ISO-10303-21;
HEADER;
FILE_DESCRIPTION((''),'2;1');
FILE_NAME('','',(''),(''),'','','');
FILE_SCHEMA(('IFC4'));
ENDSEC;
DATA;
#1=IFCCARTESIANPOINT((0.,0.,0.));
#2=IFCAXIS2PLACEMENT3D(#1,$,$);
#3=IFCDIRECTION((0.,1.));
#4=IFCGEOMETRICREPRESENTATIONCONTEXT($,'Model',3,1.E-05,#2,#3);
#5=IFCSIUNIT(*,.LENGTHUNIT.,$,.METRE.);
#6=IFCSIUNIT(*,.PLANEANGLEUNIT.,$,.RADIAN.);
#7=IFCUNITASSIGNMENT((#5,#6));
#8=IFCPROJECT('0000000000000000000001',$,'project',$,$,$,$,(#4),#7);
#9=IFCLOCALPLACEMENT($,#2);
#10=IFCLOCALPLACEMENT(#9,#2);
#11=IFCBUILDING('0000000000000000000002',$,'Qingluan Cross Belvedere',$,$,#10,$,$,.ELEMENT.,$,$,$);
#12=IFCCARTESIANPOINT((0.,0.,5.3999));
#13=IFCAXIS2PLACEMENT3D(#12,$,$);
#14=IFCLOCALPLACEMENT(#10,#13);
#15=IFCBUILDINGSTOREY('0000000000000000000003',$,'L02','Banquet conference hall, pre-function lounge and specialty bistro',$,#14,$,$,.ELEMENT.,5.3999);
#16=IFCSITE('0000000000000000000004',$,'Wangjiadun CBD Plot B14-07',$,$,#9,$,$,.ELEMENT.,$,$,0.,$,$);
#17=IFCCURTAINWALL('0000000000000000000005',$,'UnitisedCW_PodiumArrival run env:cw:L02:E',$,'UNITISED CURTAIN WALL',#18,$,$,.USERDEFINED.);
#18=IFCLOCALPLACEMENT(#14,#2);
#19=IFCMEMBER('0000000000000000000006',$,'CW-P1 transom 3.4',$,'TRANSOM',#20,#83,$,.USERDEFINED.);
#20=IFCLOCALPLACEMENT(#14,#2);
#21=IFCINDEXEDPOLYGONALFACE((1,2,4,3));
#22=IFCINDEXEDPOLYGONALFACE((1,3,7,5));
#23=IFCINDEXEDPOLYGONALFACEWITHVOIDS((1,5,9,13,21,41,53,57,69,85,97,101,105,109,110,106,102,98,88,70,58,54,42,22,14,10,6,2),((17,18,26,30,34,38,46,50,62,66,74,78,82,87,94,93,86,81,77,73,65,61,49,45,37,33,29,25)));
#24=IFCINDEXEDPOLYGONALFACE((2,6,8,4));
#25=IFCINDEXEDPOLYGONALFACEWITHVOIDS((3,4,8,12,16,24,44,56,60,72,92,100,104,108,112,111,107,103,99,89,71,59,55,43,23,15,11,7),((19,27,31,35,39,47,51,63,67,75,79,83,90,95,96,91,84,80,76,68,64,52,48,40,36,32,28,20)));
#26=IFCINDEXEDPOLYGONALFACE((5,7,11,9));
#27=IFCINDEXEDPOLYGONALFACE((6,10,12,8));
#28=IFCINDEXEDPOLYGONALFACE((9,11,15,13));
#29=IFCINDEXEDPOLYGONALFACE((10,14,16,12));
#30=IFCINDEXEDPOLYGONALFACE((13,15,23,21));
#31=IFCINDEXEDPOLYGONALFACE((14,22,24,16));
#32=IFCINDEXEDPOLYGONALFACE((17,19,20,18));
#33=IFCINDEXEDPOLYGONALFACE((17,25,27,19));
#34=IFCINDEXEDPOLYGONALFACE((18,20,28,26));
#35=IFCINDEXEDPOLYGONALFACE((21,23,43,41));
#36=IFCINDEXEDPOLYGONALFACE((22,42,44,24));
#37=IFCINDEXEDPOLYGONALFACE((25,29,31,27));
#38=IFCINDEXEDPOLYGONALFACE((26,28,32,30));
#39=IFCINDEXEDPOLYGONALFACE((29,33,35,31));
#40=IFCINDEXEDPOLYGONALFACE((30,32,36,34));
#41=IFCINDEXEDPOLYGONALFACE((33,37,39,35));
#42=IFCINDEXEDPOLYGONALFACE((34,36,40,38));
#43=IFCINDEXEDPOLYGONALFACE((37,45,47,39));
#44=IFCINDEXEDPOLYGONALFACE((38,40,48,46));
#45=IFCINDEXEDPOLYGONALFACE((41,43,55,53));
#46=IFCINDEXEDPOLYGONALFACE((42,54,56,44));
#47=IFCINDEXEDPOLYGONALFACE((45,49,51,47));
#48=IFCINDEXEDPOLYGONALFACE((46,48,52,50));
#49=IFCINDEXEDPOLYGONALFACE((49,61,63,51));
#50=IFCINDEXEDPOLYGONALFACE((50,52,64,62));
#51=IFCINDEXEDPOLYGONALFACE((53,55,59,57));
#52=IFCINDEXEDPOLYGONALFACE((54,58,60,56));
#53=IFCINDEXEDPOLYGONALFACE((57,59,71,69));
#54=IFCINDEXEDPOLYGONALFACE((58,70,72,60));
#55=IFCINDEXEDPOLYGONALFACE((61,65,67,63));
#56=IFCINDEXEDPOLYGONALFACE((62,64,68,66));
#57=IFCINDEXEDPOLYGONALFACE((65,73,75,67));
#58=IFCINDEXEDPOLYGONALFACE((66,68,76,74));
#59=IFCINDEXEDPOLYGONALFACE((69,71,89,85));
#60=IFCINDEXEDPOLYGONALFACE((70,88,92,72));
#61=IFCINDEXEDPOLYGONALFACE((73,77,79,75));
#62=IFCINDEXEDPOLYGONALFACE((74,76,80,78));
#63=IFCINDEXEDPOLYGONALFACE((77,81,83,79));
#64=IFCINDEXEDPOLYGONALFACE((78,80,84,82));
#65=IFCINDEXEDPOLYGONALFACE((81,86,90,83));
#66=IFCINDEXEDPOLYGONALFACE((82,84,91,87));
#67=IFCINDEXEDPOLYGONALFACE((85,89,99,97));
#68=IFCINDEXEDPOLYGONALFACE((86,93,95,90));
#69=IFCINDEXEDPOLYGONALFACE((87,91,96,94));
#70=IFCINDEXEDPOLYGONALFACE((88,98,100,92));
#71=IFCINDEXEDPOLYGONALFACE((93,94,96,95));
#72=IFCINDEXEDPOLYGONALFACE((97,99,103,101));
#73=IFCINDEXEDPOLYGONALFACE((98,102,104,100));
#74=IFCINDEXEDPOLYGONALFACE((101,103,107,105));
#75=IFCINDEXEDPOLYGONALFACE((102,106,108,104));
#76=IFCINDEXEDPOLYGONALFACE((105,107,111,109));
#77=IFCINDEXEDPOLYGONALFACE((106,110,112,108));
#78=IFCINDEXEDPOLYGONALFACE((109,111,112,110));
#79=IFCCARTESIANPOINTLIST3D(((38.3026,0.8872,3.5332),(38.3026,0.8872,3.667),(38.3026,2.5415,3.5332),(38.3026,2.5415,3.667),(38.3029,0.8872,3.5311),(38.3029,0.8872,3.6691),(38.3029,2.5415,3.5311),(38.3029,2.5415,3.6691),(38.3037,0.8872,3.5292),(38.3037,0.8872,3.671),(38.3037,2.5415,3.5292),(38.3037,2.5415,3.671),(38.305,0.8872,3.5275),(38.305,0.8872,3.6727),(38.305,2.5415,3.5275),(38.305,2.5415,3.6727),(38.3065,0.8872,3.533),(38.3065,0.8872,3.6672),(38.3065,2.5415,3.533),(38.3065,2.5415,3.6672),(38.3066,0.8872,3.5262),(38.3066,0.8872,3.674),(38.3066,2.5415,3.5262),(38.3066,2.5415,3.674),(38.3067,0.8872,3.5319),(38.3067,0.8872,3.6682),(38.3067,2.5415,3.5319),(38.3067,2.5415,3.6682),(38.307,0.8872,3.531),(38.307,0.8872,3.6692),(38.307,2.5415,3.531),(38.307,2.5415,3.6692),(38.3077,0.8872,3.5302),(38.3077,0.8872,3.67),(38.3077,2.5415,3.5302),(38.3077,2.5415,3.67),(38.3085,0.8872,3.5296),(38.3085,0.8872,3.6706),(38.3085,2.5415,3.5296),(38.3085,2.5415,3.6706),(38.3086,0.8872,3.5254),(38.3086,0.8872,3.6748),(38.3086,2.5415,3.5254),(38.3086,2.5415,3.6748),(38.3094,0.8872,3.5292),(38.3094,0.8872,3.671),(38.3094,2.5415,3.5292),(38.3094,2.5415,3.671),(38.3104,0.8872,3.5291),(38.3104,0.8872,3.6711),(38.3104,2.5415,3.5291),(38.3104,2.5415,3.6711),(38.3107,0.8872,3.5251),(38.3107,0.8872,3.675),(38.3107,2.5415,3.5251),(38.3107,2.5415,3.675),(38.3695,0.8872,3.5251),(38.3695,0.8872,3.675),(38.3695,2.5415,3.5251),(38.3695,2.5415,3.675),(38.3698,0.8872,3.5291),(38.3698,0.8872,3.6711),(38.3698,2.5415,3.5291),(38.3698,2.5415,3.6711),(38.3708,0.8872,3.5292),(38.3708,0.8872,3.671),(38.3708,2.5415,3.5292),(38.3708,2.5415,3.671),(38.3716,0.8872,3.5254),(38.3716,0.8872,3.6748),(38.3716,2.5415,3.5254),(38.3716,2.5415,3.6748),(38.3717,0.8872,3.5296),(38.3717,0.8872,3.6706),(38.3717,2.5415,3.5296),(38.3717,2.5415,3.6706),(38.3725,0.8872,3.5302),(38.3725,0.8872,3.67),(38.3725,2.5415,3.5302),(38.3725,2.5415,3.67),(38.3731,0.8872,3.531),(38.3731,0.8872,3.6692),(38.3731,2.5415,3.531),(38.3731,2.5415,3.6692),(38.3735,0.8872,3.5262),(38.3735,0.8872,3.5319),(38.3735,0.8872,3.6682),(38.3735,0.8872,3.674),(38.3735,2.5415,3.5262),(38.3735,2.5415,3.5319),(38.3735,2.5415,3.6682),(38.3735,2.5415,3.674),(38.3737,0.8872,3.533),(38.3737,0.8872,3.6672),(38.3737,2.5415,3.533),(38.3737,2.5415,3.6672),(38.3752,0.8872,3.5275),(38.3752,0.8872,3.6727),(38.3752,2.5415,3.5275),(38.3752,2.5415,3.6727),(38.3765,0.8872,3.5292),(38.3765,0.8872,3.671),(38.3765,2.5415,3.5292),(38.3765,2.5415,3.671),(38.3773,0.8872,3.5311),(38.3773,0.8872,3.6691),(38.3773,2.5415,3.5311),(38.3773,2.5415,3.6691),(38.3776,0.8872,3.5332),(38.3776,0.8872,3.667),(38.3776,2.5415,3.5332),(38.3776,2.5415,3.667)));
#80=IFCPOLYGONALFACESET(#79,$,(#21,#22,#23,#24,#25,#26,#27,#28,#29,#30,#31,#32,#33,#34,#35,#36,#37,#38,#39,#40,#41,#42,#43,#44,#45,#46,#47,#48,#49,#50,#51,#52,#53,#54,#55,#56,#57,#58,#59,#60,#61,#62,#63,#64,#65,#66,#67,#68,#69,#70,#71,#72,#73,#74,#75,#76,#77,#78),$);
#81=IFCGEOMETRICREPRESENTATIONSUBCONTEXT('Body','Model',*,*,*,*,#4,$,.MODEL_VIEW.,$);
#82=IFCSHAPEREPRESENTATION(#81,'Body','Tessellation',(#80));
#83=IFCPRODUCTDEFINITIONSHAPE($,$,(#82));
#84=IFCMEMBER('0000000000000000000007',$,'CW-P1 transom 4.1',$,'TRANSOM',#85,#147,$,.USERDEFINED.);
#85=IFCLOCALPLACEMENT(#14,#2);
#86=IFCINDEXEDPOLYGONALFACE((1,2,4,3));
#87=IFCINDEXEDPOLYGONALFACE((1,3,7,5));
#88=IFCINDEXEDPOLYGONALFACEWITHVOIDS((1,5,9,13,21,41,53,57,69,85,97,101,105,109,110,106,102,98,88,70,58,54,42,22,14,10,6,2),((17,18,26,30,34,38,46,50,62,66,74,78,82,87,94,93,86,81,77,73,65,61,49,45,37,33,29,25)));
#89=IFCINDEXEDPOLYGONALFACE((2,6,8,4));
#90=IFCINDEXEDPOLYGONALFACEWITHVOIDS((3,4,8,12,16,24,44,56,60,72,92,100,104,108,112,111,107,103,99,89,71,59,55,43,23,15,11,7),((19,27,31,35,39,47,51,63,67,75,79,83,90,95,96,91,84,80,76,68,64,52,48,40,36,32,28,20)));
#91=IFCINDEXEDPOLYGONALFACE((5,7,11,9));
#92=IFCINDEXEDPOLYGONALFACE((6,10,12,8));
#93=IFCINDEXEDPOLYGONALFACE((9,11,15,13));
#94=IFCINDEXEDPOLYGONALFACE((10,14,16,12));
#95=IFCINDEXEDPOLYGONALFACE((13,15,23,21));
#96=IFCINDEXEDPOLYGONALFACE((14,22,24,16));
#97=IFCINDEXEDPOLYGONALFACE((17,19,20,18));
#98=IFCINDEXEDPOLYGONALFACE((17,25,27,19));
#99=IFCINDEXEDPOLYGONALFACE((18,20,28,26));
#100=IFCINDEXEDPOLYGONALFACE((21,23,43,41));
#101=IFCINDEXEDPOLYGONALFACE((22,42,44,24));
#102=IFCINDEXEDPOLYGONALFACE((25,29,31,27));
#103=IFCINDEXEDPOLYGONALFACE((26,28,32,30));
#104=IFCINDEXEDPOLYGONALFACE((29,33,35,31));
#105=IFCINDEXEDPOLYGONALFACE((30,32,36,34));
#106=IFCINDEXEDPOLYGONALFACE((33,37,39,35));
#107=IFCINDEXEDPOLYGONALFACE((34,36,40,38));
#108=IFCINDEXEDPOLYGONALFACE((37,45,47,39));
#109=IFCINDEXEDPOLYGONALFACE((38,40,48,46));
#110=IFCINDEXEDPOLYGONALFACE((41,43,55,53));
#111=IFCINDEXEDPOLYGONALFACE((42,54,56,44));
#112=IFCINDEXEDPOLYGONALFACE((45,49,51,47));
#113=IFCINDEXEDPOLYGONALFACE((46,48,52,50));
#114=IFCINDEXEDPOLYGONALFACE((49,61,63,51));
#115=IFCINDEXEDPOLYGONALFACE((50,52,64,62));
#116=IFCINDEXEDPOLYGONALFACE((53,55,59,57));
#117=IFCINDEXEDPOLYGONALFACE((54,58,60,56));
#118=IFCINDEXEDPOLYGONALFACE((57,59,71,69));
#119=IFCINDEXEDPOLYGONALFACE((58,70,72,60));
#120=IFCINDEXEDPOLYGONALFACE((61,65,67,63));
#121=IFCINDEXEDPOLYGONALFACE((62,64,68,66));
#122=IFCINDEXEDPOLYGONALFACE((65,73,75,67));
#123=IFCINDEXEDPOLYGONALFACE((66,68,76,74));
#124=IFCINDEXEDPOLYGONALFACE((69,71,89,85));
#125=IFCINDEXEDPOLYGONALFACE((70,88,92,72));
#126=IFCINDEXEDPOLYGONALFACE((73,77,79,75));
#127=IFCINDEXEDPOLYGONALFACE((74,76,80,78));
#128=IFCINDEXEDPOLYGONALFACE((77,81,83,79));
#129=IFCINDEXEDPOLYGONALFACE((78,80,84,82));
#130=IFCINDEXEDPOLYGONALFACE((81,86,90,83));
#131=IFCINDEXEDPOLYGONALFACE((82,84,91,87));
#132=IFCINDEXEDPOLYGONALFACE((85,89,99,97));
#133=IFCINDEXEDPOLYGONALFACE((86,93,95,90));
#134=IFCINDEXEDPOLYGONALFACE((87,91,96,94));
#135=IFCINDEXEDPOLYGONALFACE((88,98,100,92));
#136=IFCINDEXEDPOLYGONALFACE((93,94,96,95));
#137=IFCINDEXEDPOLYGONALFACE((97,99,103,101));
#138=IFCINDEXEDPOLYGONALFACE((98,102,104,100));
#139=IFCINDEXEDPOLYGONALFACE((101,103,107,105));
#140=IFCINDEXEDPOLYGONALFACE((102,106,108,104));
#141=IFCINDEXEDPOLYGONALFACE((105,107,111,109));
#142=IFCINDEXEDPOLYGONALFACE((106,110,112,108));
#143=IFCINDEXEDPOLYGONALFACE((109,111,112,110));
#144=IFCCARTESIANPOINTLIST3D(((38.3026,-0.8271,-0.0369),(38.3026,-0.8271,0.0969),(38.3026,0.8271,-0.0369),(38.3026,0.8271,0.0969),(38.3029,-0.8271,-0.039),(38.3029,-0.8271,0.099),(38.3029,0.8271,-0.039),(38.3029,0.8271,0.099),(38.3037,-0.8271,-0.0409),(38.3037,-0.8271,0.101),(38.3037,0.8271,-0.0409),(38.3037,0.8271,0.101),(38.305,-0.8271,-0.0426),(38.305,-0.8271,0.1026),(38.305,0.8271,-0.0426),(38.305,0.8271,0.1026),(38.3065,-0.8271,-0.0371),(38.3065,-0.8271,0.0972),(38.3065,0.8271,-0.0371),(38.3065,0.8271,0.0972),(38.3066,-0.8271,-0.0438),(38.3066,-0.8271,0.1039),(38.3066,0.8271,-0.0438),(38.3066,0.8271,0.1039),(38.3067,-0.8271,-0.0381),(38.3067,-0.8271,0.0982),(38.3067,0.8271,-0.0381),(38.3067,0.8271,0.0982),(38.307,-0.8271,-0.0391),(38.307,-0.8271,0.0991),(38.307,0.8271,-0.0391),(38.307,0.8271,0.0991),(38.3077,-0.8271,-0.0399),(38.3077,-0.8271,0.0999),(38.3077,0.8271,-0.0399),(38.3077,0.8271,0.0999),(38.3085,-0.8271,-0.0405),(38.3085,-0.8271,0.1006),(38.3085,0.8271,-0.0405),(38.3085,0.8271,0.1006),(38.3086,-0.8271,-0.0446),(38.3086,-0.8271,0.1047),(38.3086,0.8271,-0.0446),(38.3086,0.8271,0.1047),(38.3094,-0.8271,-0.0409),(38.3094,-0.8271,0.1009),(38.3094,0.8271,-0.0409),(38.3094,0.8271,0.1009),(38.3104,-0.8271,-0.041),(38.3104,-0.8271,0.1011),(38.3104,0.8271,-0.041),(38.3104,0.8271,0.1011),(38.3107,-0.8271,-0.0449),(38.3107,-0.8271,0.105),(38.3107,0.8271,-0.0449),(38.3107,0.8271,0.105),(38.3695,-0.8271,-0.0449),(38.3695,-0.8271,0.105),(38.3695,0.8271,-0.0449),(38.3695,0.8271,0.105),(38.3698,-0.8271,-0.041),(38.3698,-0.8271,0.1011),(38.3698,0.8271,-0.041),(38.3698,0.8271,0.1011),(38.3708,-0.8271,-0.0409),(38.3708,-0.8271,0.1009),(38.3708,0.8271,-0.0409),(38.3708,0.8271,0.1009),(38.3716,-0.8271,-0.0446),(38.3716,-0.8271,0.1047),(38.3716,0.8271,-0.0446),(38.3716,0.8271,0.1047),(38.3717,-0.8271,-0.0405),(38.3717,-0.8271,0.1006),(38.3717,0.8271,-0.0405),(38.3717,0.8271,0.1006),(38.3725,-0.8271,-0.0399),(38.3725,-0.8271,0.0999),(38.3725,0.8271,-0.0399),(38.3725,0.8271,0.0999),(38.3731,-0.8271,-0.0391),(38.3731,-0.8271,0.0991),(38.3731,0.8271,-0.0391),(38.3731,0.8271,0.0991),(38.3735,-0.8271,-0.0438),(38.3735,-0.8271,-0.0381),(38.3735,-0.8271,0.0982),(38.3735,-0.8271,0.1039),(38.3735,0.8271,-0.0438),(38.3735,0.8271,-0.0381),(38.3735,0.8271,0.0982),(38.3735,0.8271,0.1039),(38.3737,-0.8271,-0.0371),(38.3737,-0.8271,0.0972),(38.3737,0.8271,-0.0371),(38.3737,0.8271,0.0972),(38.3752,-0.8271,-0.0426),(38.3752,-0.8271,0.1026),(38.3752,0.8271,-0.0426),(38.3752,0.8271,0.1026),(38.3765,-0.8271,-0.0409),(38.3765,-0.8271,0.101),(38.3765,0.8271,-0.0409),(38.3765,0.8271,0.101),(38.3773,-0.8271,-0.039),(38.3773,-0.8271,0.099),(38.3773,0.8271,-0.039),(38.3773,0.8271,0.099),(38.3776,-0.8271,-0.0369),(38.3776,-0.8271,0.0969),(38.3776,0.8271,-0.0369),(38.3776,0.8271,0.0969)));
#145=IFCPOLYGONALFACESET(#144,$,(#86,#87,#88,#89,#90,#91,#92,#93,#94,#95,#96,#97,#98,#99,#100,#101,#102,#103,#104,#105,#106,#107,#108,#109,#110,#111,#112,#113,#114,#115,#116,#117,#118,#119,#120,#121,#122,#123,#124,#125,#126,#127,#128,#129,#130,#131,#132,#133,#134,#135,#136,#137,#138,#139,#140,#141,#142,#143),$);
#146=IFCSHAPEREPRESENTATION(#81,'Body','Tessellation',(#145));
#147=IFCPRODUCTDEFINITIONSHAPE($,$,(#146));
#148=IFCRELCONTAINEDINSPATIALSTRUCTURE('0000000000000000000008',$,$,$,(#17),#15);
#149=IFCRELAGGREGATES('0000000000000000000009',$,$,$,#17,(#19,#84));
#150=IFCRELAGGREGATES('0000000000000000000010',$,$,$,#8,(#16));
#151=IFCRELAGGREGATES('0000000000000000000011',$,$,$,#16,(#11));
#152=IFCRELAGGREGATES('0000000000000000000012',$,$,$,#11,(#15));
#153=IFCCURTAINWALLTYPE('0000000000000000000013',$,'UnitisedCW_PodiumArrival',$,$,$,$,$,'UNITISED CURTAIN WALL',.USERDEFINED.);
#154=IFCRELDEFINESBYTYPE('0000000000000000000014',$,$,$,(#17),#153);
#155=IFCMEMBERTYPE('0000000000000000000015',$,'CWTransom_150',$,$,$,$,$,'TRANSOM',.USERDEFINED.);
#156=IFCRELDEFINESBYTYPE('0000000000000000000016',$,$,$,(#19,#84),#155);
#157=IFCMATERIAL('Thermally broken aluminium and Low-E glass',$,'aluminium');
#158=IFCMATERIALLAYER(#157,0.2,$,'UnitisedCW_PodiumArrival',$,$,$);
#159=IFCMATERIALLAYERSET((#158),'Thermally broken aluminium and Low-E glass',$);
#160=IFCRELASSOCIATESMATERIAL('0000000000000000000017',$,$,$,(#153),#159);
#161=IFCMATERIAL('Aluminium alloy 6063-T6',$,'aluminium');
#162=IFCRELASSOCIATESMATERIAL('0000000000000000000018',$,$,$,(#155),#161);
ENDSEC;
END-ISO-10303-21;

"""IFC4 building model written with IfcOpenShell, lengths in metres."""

from ifc_helpers import new_model, si_unit, direction, frame, origin, origin_2d, place, context, subcontext, project, spatial, hollow_rectangle, extrude, material, layer, layer_set, material_profile, profile_set, type_object, element, aggregate, save


model = new_model("IFC4")

# Units and contexts
model_context = context("Model", 3, precision=1e-05, world=origin(), true_north=direction((0.0, 1.0)))
body_context = subcontext(model_context, "Body", "Model", "MODEL_VIEW")
ifc_project = project(units=[si_unit("LENGTHUNIT", "METRE"), si_unit("PLANEANGLEUNIT", "RADIAN")], contexts=[model_context])

# Site, building, storey
site_placement = place(None, origin())
site = spatial("IfcSite", under=ifc_project, at=site_placement, Name="Wangjiadun CBD Plot B14-07", CompositionType="ELEMENT", RefElevation=0.0)
building_placement = place(site_placement, origin())
building = spatial("IfcBuilding", under=site, at=building_placement, Name="Qingluan Cross Belvedere", CompositionType="ELEMENT")
storey_placement = place(building_placement, frame((0.0, 0.0, 5.3999)))
storey = spatial("IfcBuildingStorey", under=building, at=storey_placement, Name="L02", Description="Banquet conference hall, pre-function lounge and specialty bistro", CompositionType="ELEMENT", Elevation=5.3999)

# Curtain wall, members
ifc_material_1 = material(Name="Thermally broken aluminium and Low-E glass", Category="aluminium")
ifc_layer_1 = layer(ifc_material_1, 0.2, Name="UnitisedCW_PodiumArrival")
ifc_layer_set_1 = layer_set([ifc_layer_1], Name="Thermally broken aluminium and Low-E glass")
curtain_wall_type = type_object("IfcCurtainWallType", Name="UnitisedCW_PodiumArrival", ElementType="UNITISED CURTAIN WALL", PredefinedType="USERDEFINED", material=ifc_layer_set_1)
curtain_wall_placement = place(storey_placement, origin())
curtain_wall = element("IfcCurtainWall", 1, at=curtain_wall_placement, inside=storey, type_object=curtain_wall_type, Name="UnitisedCW_PodiumArrival run env:cw:L02:E", ObjectType="UNITISED CURTAIN WALL", PredefinedType="USERDEFINED")
ifc_material_2 = material(Name="Aluminium alloy 6063-T6", Category="aluminium")
ifc_material_profile_1 = material_profile(ifc_material_2, hollow_rectangle(XDim=0.075, YDim=0.1499, WallThickness=0.0039, InnerFilletRadius=0.0039, OuterFilletRadius=0.0081, at=origin_2d()), Name="CWT150x75x4")
ifc_profile_set_1 = profile_set([ifc_material_profile_1], Name="Aluminium alloy 6063-T6")
member_type_1 = type_object("IfcMemberType", Name="CWTransom_150", ElementType="TRANSOM", PredefinedType="USERDEFINED", material=ifc_profile_set_1)
member_1_placement = place(storey_placement, frame((38.3401, 2.5415, 3.6001), z_axis=(0.0, -1.0, 0.0), x_axis=(1.0, 0.0, 0.0)))
member_1 = element("IfcMember", 2, at=member_1_placement, type_object=member_type_1, Name="CW-P1 transom 3.4", ObjectType="TRANSOM", PredefinedType="USERDEFINED", context=body_context, shape_type="SweptSolid", body=[
    extrude(hollow_rectangle(XDim=0.075, YDim=0.1499, WallThickness=0.0039, InnerFilletRadius=0.0039, OuterFilletRadius=0.0081, at=origin_2d()), origin(), (0.0, 0.0, 1.0), 1.6543),
])
member_2_placement = place(storey_placement, frame((38.3401, 0.8271, 0.03), z_axis=(0.0, -1.0, 0.0), x_axis=(1.0, 0.0, 0.0)))
member_2 = element("IfcMember", 3, at=member_2_placement, type_object=member_type_1, Name="CW-P1 transom 4.1", ObjectType="TRANSOM", PredefinedType="USERDEFINED", context=body_context, shape_type="SweptSolid", body=[
    extrude(hollow_rectangle(XDim=0.075, YDim=0.1499, WallThickness=0.0039, InnerFilletRadius=0.0039, OuterFilletRadius=0.0081, at=origin_2d()), origin(), (0.0, 0.0, 1.0), 1.6543),
])
aggregate(curtain_wall, [member_1, member_2])

save(model, "model.ifc")
